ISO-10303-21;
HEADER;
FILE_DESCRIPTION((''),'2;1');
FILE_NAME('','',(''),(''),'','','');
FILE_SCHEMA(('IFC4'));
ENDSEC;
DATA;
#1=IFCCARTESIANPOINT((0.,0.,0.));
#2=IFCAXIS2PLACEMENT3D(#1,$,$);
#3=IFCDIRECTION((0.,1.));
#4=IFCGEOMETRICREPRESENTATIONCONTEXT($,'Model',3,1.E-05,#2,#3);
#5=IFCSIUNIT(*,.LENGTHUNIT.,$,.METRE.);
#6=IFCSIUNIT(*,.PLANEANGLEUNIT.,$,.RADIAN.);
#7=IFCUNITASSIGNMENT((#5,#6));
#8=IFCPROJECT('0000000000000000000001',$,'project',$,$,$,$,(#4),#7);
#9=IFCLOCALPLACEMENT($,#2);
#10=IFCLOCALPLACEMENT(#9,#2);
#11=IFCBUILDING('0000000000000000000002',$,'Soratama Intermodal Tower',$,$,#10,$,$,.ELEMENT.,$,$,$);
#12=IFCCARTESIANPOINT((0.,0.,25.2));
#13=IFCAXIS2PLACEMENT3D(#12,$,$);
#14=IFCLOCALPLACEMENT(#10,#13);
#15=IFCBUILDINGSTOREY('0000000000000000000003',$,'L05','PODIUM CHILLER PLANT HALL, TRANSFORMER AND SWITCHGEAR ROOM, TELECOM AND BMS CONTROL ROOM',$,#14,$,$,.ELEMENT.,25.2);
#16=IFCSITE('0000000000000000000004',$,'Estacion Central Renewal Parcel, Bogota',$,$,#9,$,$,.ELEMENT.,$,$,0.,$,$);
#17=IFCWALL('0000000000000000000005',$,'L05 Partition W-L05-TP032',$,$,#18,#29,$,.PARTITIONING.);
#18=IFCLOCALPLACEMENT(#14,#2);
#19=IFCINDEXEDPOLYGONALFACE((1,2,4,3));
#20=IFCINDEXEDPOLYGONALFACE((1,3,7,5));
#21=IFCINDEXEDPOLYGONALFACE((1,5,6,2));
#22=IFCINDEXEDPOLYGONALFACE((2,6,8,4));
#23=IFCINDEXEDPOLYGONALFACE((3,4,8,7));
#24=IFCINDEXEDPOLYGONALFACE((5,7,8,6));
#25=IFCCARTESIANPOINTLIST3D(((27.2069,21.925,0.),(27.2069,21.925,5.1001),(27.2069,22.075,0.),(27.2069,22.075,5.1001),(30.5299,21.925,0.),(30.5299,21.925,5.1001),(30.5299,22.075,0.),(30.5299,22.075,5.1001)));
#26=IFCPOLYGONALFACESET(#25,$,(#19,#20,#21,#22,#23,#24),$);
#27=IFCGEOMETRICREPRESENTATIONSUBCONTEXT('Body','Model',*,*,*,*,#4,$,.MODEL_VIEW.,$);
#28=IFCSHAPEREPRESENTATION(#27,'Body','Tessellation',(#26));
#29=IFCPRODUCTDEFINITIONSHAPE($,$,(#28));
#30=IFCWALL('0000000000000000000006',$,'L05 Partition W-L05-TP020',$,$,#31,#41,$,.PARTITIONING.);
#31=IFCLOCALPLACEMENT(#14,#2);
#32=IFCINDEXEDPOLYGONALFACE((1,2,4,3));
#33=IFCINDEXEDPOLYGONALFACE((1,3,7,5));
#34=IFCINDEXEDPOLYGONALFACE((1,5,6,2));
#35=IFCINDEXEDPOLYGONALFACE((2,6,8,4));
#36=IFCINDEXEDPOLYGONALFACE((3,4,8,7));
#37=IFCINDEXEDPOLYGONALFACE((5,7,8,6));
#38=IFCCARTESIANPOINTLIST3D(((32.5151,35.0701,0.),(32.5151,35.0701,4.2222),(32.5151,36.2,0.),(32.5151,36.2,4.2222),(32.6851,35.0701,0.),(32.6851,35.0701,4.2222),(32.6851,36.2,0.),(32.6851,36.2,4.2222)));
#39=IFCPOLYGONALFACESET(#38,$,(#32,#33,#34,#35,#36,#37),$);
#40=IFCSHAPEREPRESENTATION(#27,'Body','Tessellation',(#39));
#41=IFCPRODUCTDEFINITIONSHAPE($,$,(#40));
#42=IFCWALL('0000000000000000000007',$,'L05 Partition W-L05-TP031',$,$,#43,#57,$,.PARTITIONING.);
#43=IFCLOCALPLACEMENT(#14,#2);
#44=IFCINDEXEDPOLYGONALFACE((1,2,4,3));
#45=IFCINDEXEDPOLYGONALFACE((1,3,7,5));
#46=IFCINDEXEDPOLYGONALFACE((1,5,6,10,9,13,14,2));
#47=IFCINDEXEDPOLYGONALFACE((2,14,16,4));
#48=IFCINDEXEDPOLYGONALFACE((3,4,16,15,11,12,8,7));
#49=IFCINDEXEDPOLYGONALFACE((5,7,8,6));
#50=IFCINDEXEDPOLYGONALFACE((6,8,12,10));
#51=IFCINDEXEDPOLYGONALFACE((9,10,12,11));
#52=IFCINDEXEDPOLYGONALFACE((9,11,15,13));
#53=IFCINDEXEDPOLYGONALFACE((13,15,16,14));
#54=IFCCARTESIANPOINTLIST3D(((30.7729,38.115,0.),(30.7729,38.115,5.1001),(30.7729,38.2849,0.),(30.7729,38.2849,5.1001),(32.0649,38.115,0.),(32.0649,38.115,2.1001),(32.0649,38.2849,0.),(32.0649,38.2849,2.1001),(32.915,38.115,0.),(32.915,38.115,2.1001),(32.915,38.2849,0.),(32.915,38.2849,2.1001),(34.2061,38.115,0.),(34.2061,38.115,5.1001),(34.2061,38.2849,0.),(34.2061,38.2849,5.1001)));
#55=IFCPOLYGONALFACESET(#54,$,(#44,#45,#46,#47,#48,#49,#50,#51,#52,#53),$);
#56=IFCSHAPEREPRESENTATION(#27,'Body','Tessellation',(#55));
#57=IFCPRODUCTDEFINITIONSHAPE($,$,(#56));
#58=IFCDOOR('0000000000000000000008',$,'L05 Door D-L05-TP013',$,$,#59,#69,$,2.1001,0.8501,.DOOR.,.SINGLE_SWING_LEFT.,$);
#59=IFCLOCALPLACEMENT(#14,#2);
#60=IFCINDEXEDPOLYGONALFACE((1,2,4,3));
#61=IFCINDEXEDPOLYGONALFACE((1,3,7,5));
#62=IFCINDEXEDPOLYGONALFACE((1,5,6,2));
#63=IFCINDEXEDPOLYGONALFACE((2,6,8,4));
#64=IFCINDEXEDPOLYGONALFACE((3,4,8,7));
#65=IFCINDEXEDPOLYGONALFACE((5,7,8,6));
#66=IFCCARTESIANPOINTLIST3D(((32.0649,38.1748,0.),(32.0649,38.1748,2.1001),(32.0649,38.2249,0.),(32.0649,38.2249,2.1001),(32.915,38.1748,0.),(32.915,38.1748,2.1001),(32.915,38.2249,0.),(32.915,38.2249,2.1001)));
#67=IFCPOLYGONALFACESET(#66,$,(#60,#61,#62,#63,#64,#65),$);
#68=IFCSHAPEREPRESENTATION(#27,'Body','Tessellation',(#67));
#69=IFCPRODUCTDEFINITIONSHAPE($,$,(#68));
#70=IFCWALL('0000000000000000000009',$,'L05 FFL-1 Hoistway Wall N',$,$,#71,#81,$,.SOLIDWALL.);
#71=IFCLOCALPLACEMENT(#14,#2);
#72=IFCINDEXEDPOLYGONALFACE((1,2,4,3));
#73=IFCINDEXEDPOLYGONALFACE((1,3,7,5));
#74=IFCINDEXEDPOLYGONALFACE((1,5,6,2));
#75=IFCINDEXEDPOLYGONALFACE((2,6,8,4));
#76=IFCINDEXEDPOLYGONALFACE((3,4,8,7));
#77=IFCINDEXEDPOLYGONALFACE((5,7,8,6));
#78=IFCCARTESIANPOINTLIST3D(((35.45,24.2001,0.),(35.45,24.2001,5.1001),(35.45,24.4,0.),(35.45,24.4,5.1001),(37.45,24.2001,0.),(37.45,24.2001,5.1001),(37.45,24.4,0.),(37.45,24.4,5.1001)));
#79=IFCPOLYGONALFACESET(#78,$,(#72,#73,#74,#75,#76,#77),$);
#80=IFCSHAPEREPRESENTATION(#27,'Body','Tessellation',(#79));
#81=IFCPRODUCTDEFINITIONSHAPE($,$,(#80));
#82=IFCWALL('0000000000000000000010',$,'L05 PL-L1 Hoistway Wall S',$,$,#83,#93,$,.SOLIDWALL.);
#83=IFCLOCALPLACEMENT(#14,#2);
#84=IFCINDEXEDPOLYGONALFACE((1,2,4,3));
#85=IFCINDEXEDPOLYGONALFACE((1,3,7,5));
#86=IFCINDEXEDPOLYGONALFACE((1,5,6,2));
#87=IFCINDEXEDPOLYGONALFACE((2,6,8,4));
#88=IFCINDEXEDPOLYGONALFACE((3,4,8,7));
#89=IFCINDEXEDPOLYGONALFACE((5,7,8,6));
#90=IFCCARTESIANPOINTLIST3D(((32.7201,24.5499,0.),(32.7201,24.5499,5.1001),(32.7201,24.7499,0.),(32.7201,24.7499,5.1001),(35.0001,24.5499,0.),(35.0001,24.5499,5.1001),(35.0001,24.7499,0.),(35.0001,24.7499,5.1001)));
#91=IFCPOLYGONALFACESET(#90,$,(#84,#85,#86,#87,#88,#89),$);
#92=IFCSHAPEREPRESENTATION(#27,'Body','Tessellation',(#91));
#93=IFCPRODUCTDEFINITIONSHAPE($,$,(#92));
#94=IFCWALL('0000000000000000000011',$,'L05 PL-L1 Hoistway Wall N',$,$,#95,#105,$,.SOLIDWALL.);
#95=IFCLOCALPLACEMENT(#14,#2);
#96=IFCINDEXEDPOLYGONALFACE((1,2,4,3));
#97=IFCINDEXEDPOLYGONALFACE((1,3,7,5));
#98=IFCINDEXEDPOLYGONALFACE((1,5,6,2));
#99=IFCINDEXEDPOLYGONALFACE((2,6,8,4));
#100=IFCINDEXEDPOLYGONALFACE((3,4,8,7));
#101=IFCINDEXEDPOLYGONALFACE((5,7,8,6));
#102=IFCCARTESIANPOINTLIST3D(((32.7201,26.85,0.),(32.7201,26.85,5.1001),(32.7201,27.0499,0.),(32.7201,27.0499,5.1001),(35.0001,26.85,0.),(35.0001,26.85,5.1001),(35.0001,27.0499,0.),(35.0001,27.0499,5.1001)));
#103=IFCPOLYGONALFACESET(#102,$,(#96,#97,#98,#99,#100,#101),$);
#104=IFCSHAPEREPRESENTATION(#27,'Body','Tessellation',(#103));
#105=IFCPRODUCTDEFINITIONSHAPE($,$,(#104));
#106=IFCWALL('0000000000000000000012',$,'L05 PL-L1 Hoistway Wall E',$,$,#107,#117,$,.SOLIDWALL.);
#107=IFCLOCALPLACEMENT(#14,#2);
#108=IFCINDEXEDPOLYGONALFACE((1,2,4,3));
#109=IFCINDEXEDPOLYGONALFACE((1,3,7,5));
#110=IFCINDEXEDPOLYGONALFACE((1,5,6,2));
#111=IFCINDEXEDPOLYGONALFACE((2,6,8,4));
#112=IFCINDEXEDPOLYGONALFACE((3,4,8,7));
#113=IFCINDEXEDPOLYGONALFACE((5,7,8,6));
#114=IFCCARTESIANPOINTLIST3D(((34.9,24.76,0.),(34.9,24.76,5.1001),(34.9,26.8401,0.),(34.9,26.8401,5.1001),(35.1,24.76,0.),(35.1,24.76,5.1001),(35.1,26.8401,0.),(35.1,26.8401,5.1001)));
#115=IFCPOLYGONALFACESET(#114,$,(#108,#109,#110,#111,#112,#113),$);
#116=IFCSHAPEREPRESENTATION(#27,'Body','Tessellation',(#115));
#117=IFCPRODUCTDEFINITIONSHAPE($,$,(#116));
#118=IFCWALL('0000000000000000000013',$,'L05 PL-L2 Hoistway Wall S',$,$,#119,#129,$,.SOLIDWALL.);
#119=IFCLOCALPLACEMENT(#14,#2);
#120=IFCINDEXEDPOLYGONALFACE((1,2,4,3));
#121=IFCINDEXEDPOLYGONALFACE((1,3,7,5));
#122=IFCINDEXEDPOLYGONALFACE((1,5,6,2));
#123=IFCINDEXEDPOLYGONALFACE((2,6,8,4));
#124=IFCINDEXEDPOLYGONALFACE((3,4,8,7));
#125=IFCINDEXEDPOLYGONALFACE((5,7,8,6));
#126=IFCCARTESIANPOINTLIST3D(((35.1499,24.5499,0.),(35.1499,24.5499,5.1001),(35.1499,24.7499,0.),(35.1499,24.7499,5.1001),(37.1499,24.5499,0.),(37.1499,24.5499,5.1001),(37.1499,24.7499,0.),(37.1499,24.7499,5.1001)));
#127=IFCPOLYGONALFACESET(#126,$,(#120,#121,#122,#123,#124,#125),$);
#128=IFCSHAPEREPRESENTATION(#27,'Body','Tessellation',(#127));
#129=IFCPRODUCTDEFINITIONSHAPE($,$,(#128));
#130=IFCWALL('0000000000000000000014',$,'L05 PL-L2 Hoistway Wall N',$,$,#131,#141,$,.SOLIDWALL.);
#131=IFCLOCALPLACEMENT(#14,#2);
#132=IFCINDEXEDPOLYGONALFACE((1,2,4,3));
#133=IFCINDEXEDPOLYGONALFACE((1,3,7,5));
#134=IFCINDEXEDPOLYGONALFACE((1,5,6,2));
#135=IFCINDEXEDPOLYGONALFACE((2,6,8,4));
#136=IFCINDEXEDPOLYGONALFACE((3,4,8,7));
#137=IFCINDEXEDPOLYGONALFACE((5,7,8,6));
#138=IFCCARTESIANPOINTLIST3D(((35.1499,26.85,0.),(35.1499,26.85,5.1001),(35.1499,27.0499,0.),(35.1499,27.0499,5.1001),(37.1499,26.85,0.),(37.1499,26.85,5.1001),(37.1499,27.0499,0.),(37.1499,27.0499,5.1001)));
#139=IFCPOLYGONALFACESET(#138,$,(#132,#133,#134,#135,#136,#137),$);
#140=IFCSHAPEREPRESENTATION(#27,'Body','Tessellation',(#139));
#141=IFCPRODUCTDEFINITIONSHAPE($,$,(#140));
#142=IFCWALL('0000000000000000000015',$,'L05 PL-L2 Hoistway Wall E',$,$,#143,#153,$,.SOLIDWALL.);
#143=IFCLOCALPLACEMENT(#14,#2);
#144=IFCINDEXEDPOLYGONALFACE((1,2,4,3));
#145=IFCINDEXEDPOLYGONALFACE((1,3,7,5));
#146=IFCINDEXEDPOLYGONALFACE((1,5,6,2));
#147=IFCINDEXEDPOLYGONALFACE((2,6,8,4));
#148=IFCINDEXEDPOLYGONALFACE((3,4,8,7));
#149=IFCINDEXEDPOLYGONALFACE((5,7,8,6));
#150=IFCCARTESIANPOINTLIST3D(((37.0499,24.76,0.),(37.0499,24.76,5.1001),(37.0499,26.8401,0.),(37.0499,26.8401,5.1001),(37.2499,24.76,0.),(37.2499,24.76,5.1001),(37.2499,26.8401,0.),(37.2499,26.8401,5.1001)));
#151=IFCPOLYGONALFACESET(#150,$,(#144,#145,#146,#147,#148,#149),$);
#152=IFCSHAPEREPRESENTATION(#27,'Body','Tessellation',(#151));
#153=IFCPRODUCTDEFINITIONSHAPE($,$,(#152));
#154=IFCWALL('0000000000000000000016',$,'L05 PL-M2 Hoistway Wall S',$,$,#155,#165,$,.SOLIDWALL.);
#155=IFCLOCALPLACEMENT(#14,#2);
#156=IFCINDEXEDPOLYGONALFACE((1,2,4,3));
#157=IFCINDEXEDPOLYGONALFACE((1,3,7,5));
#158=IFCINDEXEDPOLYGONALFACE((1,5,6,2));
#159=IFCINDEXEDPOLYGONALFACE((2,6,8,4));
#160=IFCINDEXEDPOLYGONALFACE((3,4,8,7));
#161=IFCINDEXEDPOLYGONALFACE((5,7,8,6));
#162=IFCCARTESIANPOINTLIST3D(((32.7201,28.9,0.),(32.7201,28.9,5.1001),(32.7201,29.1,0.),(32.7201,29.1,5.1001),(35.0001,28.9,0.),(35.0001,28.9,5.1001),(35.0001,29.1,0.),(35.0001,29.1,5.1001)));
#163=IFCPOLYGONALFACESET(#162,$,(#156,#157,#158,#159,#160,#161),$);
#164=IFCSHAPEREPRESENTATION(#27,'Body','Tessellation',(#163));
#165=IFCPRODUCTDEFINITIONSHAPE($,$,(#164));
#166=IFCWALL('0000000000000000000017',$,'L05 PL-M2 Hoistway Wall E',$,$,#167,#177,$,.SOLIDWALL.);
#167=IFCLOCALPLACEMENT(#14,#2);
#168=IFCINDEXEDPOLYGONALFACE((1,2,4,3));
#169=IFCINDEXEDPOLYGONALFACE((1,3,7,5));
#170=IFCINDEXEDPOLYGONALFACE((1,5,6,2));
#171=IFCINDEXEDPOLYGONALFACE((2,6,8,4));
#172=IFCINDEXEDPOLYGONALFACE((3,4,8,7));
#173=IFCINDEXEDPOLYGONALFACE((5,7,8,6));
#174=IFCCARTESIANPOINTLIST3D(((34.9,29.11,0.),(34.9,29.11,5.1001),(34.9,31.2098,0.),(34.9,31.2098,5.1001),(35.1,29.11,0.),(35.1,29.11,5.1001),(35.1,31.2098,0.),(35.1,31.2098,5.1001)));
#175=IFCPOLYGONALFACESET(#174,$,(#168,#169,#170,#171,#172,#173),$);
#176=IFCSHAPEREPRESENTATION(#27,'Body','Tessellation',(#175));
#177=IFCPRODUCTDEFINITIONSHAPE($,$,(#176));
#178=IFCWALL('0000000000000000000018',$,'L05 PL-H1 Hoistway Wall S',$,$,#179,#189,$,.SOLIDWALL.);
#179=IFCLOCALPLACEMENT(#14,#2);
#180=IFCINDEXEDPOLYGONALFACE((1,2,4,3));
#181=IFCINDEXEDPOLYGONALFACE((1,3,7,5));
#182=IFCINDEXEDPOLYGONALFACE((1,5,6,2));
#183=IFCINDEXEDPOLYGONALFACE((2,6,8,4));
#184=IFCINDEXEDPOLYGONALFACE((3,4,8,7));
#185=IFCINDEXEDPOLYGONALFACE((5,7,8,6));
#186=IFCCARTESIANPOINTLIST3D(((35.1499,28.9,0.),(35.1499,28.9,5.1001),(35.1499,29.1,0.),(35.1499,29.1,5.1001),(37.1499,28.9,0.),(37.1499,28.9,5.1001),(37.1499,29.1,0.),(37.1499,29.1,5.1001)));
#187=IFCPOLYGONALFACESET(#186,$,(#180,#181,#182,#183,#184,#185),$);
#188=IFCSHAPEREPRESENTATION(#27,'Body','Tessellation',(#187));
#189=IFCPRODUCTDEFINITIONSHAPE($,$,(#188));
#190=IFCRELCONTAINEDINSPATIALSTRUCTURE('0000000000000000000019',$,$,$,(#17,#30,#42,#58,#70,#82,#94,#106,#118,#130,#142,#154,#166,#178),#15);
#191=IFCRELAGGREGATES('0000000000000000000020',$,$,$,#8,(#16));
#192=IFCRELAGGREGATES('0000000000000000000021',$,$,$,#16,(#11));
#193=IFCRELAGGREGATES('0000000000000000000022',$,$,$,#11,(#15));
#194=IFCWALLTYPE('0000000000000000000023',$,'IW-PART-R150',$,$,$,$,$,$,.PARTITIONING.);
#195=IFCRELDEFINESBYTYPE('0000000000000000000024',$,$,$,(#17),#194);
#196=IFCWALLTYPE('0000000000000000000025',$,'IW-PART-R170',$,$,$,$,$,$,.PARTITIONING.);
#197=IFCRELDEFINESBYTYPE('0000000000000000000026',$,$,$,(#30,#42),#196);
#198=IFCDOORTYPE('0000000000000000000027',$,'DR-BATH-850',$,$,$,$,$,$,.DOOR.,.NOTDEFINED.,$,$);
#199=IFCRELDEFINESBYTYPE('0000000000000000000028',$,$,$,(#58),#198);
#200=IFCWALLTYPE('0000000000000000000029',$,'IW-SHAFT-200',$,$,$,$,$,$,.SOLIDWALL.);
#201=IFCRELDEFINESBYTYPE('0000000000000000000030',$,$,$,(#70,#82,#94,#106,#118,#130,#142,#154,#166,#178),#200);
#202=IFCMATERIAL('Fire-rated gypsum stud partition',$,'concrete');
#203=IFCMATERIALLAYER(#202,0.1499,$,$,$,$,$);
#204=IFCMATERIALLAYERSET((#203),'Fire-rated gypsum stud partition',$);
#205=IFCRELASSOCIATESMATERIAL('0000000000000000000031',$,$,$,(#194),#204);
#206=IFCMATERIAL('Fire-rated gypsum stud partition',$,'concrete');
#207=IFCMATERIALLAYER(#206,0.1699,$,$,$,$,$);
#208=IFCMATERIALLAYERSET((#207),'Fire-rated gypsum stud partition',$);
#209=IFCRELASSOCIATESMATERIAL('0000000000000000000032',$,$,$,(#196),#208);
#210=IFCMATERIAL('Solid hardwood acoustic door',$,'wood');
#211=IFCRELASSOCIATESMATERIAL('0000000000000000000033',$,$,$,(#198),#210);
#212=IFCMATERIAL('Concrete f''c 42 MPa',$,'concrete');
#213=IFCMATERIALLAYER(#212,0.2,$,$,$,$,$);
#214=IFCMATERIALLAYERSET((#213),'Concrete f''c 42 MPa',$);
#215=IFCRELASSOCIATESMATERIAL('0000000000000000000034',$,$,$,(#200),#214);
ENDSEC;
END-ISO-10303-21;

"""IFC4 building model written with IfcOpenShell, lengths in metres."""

from ifc_helpers import new_model, si_unit, direction, frame, frame_2d, origin, place, context, subcontext, project, spatial, rectangle, extrude, material, layer, layer_set, type_object, element, fill, save


model = new_model("IFC4")

# Units and contexts
model_context = context("Model", 3, precision=1e-05, world=origin(), true_north=direction((0.0, 1.0)))
body_context = subcontext(model_context, "Body", "Model", "MODEL_VIEW")
ifc_project = project(units=[si_unit("LENGTHUNIT", "METRE"), si_unit("PLANEANGLEUNIT", "RADIAN")], contexts=[model_context])

# Site, building, storey
site_placement = place(None, origin())
site = spatial("IfcSite", under=ifc_project, at=site_placement, Name="Estacion Central Renewal Parcel, Bogota", CompositionType="ELEMENT", RefElevation=0.0)
building_placement = place(site_placement, origin())
building = spatial("IfcBuilding", under=site, at=building_placement, Name="Soratama Intermodal Tower", CompositionType="ELEMENT")
storey_placement = place(building_placement, frame((0.0, 0.0, 25.2)))
storey = spatial("IfcBuildingStorey", under=building, at=storey_placement, Name="L05", Description="PODIUM CHILLER PLANT HALL, TRANSFORMER AND SWITCHGEAR ROOM, TELECOM AND BMS CONTROL ROOM", CompositionType="ELEMENT", Elevation=25.2)

# Walls
ifc_material_1 = material(Name="Fire-rated gypsum stud partition", Category="concrete")
ifc_layer_1 = layer(ifc_material_1, 0.1499)
ifc_layer_set_1 = layer_set([ifc_layer_1], Name="Fire-rated gypsum stud partition")
wall_type_1 = type_object("IfcWallType", Name="IW-PART-R150", PredefinedType="PARTITIONING", material=ifc_layer_set_1)
wall_1_placement = place(storey_placement, frame((30.53, 22.0, 0.0), z_axis=(0.0, 0.0, 1.0), x_axis=(-1.0, 0.0, 0.0)))
element("IfcWall", 1, at=wall_1_placement, inside=storey, type_object=wall_type_1, Name="L05 Partition W-L05-TP032", PredefinedType="PARTITIONING", context=body_context, shape_type="SweptSolid", body=[
    extrude(rectangle(XDim=3.323, YDim=0.1499, at=frame_2d((1.6616, 0.0))), origin(), (0.0, 0.0, 1.0), 5.1001),
])
ifc_material_2 = material(Name="Fire-rated gypsum stud partition", Category="concrete")
ifc_layer_2 = layer(ifc_material_2, 0.1699)
ifc_layer_set_2 = layer_set([ifc_layer_2], Name="Fire-rated gypsum stud partition")
wall_type_2 = type_object("IfcWallType", Name="IW-PART-R170", PredefinedType="PARTITIONING", material=ifc_layer_set_2)
wall_2_placement = place(storey_placement, frame((32.6001, 36.2, 0.0), z_axis=(0.0, 0.0, 1.0), x_axis=(0.0, -1.0, 0.0)))
element("IfcWall", 2, at=wall_2_placement, inside=storey, type_object=wall_type_2, Name="L05 Partition W-L05-TP020", PredefinedType="PARTITIONING", context=body_context, shape_type="SweptSolid", body=[
    extrude(rectangle(XDim=1.1299, YDim=0.1699, at=frame_2d((0.5649, 0.0))), origin(), (0.0, 0.0, 1.0), 4.2222),
])

# Wall, opening, door
wall_3_placement = place(storey_placement, frame((30.7729, 38.2, 0.0), z_axis=(0.0, 0.0, 1.0), x_axis=(1.0, 0.0, 0.0)))
wall_3 = element("IfcWall", 3, at=wall_3_placement, inside=storey, type_object=wall_type_2, Name="L05 Partition W-L05-TP031", PredefinedType="PARTITIONING", context=body_context, shape_type="SweptSolid", body=[
    extrude(rectangle(XDim=3.4331, YDim=0.1699, at=frame_2d((1.7166, 0.0))), origin(), (0.0, 0.0, 1.0), 5.1001),
])
opening_placement = place(wall_3_placement, frame((1.292, 0.0, 0.0)))
opening = element("IfcOpeningElement", 4, at=opening_placement, cuts=wall_3, PredefinedType="OPENING", context=body_context, shape_type="SweptSolid", body=[
    extrude(rectangle(XDim=0.8501, YDim=2.1001, at=frame_2d((0.425, 1.05))), frame((0.0, 0.095, 0.0), z_axis=(0.0, -1.0, 0.0), x_axis=(1.0, 0.0, 0.0)), (0.0, 0.0, 1.0), 0.1899),
])
ifc_material_3 = material(Name="Solid hardwood acoustic door", Category="wood")
door_type = type_object("IfcDoorType", Name="DR-BATH-850", OperationType="NOTDEFINED", PredefinedType="DOOR", material=ifc_material_3)
door_placement = place(opening_placement, origin())
door = element("IfcDoor", 5, at=door_placement, inside=storey, type_object=door_type, Name="L05 Door D-L05-TP013", OperationType="SINGLE_SWING_LEFT", OverallHeight=2.1001, OverallWidth=0.8501, PredefinedType="DOOR", context=body_context, shape_type="SweptSolid", body=[
    extrude(rectangle(XDim=0.8501, YDim=2.1001, at=frame_2d((0.425, 1.05))), frame((0.0, 0.0249, 0.0), z_axis=(0.0, -1.0, 0.0), x_axis=(1.0, 0.0, 0.0)), (0.0, 0.0, 1.0), 0.05),
])
fill(opening, door)

# Walls
ifc_material_4 = material(Name="Concrete f'c 42 MPa", Category="concrete")
ifc_layer_3 = layer(ifc_material_4, 0.2)
ifc_layer_set_3 = layer_set([ifc_layer_3], Name="Concrete f'c 42 MPa")
wall_type_3 = type_object("IfcWallType", Name="IW-SHAFT-200", PredefinedType="SOLIDWALL", material=ifc_layer_set_3)
wall_4_placement = place(storey_placement, frame((35.45, 24.3, 0.0), z_axis=(0.0, 0.0, 1.0), x_axis=(1.0, 0.0, 0.0)))
element("IfcWall", 6, at=wall_4_placement, inside=storey, type_object=wall_type_3, Name="L05 FFL-1 Hoistway Wall N", PredefinedType="SOLIDWALL", context=body_context, shape_type="SweptSolid", body=[
    extrude(rectangle(XDim=2.0, YDim=0.2, at=frame_2d((1.0, 0.0))), origin(), (0.0, 0.0, 1.0), 5.1001),
])
for number, where, z_axis, x_axis, name in (
    (7, (32.72, 24.6499, 0.0), (0.0, 0.0, 1.0), (1.0, 0.0, 0.0), "L05 PL-L1 Hoistway Wall S"),
    (8, (32.72, 26.95, 0.0), (0.0, 0.0, 1.0), (1.0, 0.0, 0.0), "L05 PL-L1 Hoistway Wall N"),
):
    element("IfcWall", number, at=place(storey_placement, frame(where, z_axis=z_axis, x_axis=x_axis)), inside=storey, type_object=wall_type_3, Name=name, PredefinedType="SOLIDWALL", context=body_context, shape_type="SweptSolid", body=[
        extrude(rectangle(XDim=2.28, YDim=0.2, at=frame_2d((1.1401, 0.0))), origin(), (0.0, 0.0, 1.0), 5.1001),
    ])
wall_5_placement = place(storey_placement, frame((35.0, 24.76, 0.0), z_axis=(0.0, 0.0, 1.0), x_axis=(0.0, 1.0, 0.0)))
element("IfcWall", 9, at=wall_5_placement, inside=storey, type_object=wall_type_3, Name="L05 PL-L1 Hoistway Wall E", PredefinedType="SOLIDWALL", context=body_context, shape_type="SweptSolid", body=[
    extrude(rectangle(XDim=2.0801, YDim=0.2, at=frame_2d((1.04, 0.0))), origin(), (0.0, 0.0, 1.0), 5.1001),
])
for number, where, z_axis, x_axis, name in (
    (10, (35.1499, 24.6499, 0.0), (0.0, 0.0, 1.0), (1.0, 0.0, 0.0), "L05 PL-L2 Hoistway Wall S"),
    (11, (35.1499, 26.95, 0.0), (0.0, 0.0, 1.0), (1.0, 0.0, 0.0), "L05 PL-L2 Hoistway Wall N"),
):
    element("IfcWall", number, at=place(storey_placement, frame(where, z_axis=z_axis, x_axis=x_axis)), inside=storey, type_object=wall_type_3, Name=name, PredefinedType="SOLIDWALL", context=body_context, shape_type="SweptSolid", body=[
        extrude(rectangle(XDim=2.0, YDim=0.2, at=frame_2d((1.0, 0.0))), origin(), (0.0, 0.0, 1.0), 5.1001),
    ])
wall_6_placement = place(storey_placement, frame((37.1499, 24.76, 0.0), z_axis=(0.0, 0.0, 1.0), x_axis=(0.0, 1.0, 0.0)))
element("IfcWall", 12, at=wall_6_placement, inside=storey, type_object=wall_type_3, Name="L05 PL-L2 Hoistway Wall E", PredefinedType="SOLIDWALL", context=body_context, shape_type="SweptSolid", body=[
    extrude(rectangle(XDim=2.0801, YDim=0.2, at=frame_2d((1.04, 0.0))), origin(), (0.0, 0.0, 1.0), 5.1001),
])
wall_7_placement = place(storey_placement, frame((32.72, 29.0, 0.0), z_axis=(0.0, 0.0, 1.0), x_axis=(1.0, 0.0, 0.0)))
element("IfcWall", 13, at=wall_7_placement, inside=storey, type_object=wall_type_3, Name="L05 PL-M2 Hoistway Wall S", PredefinedType="SOLIDWALL", context=body_context, shape_type="SweptSolid", body=[
    extrude(rectangle(XDim=2.28, YDim=0.2, at=frame_2d((1.1401, 0.0))), origin(), (0.0, 0.0, 1.0), 5.1001),
])
wall_8_placement = place(storey_placement, frame((35.0, 29.1101, 0.0), z_axis=(0.0, 0.0, 1.0), x_axis=(0.0, 1.0, 0.0)))
element("IfcWall", 14, at=wall_8_placement, inside=storey, type_object=wall_type_3, Name="L05 PL-M2 Hoistway Wall E", PredefinedType="SOLIDWALL", context=body_context, shape_type="SweptSolid", body=[
    extrude(rectangle(XDim=2.0999, YDim=0.2, at=frame_2d((1.0498, 0.0))), origin(), (0.0, 0.0, 1.0), 5.1001),
])
wall_9_placement = place(storey_placement, frame((35.1499, 29.0, 0.0), z_axis=(0.0, 0.0, 1.0), x_axis=(1.0, 0.0, 0.0)))
element("IfcWall", 15, at=wall_9_placement, inside=storey, type_object=wall_type_3, Name="L05 PL-H1 Hoistway Wall S", PredefinedType="SOLIDWALL", context=body_context, shape_type="SweptSolid", body=[
    extrude(rectangle(XDim=2.0, YDim=0.2, at=frame_2d((1.0, 0.0))), origin(), (0.0, 0.0, 1.0), 5.1001),
])

save(model, "model.ifc")
